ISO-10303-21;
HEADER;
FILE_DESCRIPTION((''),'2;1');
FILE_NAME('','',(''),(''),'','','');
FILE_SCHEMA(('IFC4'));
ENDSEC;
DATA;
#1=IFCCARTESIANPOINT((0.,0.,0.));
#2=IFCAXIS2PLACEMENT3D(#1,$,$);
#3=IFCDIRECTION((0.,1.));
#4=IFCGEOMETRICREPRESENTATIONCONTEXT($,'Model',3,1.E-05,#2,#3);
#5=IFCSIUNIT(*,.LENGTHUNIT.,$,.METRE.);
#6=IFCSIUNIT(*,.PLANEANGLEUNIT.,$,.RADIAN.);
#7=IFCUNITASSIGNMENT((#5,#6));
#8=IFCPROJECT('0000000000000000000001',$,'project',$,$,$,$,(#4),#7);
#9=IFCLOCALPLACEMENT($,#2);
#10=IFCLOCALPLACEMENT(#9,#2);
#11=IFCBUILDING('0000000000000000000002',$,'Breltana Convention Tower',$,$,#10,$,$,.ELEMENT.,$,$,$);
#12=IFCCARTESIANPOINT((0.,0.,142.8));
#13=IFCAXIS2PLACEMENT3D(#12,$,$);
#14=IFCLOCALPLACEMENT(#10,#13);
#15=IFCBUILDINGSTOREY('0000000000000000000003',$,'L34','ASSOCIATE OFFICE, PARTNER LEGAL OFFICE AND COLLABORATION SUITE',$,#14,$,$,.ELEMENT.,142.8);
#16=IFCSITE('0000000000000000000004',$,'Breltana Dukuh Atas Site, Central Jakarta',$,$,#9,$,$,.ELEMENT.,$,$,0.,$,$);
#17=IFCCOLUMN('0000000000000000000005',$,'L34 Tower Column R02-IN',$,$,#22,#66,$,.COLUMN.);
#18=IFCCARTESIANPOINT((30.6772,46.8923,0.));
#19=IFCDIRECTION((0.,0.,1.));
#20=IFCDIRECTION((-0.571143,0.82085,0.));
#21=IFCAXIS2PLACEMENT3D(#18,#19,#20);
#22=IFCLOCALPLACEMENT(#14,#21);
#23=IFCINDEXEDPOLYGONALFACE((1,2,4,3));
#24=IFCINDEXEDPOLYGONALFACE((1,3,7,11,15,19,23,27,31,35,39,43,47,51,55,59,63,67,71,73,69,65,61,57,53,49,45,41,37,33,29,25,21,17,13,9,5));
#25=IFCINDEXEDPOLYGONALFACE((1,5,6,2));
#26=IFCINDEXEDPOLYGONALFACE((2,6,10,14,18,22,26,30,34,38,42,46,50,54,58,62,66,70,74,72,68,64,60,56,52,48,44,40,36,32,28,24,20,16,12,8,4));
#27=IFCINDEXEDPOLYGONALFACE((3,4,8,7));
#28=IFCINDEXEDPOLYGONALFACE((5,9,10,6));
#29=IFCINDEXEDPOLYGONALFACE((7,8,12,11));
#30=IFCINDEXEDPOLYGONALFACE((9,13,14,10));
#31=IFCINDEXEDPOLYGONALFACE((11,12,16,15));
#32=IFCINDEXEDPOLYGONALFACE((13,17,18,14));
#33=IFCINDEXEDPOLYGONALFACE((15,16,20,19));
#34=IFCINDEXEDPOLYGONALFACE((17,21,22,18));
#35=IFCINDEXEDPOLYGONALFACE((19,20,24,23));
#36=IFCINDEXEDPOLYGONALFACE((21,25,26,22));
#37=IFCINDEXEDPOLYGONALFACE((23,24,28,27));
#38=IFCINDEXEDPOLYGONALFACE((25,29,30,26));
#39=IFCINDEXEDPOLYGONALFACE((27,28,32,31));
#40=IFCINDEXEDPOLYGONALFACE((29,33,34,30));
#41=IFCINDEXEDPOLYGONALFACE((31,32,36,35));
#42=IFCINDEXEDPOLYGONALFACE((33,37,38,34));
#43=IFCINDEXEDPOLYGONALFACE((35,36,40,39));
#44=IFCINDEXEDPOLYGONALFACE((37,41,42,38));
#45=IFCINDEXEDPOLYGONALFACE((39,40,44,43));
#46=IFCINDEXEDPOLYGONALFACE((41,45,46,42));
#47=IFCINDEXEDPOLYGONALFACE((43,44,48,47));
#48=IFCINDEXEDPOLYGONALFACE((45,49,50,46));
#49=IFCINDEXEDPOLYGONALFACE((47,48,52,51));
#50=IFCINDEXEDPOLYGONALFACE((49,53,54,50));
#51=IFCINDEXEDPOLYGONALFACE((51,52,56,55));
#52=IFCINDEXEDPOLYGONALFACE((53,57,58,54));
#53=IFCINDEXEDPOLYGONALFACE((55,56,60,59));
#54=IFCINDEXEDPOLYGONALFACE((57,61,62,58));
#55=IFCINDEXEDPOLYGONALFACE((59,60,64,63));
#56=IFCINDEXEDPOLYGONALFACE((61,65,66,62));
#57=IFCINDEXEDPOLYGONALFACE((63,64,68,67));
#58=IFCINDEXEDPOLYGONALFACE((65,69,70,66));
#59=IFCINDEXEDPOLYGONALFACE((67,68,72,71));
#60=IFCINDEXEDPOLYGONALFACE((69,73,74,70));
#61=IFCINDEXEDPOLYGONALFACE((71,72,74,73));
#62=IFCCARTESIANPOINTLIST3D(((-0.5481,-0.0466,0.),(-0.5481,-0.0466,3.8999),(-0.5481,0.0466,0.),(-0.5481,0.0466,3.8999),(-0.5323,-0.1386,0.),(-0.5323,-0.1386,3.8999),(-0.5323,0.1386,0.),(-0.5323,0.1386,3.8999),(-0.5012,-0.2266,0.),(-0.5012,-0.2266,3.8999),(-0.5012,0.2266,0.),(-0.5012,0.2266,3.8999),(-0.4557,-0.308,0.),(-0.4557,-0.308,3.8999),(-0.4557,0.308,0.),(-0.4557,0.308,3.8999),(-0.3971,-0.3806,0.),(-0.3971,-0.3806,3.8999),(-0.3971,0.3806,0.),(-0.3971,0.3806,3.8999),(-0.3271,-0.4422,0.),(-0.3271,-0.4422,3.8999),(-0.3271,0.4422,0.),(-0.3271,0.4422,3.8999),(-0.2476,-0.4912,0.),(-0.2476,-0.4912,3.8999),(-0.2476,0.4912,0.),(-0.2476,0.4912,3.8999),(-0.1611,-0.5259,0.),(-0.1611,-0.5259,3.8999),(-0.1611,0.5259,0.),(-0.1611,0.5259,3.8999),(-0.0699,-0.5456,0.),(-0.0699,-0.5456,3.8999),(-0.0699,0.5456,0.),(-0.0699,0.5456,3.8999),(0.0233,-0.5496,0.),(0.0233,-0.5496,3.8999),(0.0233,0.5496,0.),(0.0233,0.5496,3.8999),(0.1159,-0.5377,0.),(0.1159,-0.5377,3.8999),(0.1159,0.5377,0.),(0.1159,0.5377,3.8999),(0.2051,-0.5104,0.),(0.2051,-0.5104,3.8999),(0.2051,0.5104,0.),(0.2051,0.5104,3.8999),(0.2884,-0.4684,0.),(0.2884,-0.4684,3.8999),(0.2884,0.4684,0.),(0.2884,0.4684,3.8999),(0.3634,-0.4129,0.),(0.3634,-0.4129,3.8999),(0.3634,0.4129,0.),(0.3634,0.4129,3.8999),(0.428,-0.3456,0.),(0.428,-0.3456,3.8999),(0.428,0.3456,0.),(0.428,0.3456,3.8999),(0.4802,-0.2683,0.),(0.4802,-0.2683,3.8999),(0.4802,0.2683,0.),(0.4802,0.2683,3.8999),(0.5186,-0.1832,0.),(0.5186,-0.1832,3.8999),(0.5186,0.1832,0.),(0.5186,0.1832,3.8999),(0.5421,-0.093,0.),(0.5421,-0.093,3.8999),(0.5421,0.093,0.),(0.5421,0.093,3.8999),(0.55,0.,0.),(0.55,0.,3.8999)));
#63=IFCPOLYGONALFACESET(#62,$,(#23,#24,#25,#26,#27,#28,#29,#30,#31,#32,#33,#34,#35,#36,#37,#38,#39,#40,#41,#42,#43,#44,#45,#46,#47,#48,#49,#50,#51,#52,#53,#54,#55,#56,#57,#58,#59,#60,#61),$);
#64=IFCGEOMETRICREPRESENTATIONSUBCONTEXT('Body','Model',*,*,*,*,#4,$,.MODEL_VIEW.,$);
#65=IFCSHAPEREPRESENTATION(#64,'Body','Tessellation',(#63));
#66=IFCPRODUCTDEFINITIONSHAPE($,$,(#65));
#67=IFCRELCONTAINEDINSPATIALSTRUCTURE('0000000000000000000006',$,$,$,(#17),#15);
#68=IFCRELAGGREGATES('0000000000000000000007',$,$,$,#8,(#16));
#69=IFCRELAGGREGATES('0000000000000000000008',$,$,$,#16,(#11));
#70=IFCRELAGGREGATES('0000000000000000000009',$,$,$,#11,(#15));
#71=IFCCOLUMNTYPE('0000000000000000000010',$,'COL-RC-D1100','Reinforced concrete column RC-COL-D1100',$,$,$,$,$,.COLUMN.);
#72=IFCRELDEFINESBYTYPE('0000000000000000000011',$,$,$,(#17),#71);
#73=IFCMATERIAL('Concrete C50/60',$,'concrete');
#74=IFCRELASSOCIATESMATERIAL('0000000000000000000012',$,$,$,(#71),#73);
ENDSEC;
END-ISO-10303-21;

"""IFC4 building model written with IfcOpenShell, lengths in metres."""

from ifc_helpers import new_model, si_unit, direction, frame, origin, origin_2d, place, context, subcontext, project, spatial, circle, extrude, source, transform, mapped, material, material_profile, profile_set, type_object, element, save


model = new_model("IFC4")

# Units and contexts
model_context = context("Model", 3, precision=1e-05, world=origin(), true_north=direction((0.0, 1.0)))
body_context = subcontext(model_context, "Body", "Model", "MODEL_VIEW")
ifc_project = project(units=[si_unit("LENGTHUNIT", "METRE"), si_unit("PLANEANGLEUNIT", "RADIAN")], contexts=[model_context])

# Site, building, storey
site_placement = place(None, origin())
site = spatial("IfcSite", under=ifc_project, at=site_placement, Name="Breltana Dukuh Atas Site, Central Jakarta", CompositionType="ELEMENT", RefElevation=0.0)
building_placement = place(site_placement, origin())
building = spatial("IfcBuilding", under=site, at=building_placement, Name="Breltana Convention Tower", CompositionType="ELEMENT")
storey_placement = place(building_placement, frame((0.0, 0.0, 142.8)))
storey = spatial("IfcBuildingStorey", under=building, at=storey_placement, Name="L34", Description="ASSOCIATE OFFICE, PARTNER LEGAL OFFICE AND COLLABORATION SUITE", CompositionType="ELEMENT", Elevation=142.8)

# Column
ifc_material_1 = material(Name="Concrete C50/60", Category="concrete")
ifc_material_profile_1 = material_profile(ifc_material_1, circle(Radius=0.55, at=origin_2d()), Name="RC-COL-D1100")
ifc_profile_set_1 = profile_set([ifc_material_profile_1], Name="Concrete C50/60")
column_type = type_object("IfcColumnType", Name="COL-RC-D1100", Description="Reinforced concrete column RC-COL-D1100", PredefinedType="COLUMN", material=ifc_profile_set_1)
shared_shape_1 = source(origin(), body_context, "Body", "SweptSolid", [
    extrude(circle(Radius=0.55, at=origin_2d()), origin(), (0.0, 0.0, 1.0), 3.8999),
])
for number, where, z_axis, x_axis, name in (
    (1, (30.6772, 46.8923, 0.0), (0.0, 0.0, 1.0), (-0.571143, 0.82085, 0.0), "L34 Tower Column R02-IN"),
):
    element("IfcColumn", number, at=place(storey_placement, frame(where, z_axis=z_axis, x_axis=x_axis)), inside=storey, type_object=column_type, Name=name, PredefinedType="COLUMN", context=body_context, shape_type="MappedRepresentation", body=[
        mapped(shared_shape_1, transform((0.0, 0.0, 0.0), scale=1.0)),
    ])

save(model, "model.ifc")
